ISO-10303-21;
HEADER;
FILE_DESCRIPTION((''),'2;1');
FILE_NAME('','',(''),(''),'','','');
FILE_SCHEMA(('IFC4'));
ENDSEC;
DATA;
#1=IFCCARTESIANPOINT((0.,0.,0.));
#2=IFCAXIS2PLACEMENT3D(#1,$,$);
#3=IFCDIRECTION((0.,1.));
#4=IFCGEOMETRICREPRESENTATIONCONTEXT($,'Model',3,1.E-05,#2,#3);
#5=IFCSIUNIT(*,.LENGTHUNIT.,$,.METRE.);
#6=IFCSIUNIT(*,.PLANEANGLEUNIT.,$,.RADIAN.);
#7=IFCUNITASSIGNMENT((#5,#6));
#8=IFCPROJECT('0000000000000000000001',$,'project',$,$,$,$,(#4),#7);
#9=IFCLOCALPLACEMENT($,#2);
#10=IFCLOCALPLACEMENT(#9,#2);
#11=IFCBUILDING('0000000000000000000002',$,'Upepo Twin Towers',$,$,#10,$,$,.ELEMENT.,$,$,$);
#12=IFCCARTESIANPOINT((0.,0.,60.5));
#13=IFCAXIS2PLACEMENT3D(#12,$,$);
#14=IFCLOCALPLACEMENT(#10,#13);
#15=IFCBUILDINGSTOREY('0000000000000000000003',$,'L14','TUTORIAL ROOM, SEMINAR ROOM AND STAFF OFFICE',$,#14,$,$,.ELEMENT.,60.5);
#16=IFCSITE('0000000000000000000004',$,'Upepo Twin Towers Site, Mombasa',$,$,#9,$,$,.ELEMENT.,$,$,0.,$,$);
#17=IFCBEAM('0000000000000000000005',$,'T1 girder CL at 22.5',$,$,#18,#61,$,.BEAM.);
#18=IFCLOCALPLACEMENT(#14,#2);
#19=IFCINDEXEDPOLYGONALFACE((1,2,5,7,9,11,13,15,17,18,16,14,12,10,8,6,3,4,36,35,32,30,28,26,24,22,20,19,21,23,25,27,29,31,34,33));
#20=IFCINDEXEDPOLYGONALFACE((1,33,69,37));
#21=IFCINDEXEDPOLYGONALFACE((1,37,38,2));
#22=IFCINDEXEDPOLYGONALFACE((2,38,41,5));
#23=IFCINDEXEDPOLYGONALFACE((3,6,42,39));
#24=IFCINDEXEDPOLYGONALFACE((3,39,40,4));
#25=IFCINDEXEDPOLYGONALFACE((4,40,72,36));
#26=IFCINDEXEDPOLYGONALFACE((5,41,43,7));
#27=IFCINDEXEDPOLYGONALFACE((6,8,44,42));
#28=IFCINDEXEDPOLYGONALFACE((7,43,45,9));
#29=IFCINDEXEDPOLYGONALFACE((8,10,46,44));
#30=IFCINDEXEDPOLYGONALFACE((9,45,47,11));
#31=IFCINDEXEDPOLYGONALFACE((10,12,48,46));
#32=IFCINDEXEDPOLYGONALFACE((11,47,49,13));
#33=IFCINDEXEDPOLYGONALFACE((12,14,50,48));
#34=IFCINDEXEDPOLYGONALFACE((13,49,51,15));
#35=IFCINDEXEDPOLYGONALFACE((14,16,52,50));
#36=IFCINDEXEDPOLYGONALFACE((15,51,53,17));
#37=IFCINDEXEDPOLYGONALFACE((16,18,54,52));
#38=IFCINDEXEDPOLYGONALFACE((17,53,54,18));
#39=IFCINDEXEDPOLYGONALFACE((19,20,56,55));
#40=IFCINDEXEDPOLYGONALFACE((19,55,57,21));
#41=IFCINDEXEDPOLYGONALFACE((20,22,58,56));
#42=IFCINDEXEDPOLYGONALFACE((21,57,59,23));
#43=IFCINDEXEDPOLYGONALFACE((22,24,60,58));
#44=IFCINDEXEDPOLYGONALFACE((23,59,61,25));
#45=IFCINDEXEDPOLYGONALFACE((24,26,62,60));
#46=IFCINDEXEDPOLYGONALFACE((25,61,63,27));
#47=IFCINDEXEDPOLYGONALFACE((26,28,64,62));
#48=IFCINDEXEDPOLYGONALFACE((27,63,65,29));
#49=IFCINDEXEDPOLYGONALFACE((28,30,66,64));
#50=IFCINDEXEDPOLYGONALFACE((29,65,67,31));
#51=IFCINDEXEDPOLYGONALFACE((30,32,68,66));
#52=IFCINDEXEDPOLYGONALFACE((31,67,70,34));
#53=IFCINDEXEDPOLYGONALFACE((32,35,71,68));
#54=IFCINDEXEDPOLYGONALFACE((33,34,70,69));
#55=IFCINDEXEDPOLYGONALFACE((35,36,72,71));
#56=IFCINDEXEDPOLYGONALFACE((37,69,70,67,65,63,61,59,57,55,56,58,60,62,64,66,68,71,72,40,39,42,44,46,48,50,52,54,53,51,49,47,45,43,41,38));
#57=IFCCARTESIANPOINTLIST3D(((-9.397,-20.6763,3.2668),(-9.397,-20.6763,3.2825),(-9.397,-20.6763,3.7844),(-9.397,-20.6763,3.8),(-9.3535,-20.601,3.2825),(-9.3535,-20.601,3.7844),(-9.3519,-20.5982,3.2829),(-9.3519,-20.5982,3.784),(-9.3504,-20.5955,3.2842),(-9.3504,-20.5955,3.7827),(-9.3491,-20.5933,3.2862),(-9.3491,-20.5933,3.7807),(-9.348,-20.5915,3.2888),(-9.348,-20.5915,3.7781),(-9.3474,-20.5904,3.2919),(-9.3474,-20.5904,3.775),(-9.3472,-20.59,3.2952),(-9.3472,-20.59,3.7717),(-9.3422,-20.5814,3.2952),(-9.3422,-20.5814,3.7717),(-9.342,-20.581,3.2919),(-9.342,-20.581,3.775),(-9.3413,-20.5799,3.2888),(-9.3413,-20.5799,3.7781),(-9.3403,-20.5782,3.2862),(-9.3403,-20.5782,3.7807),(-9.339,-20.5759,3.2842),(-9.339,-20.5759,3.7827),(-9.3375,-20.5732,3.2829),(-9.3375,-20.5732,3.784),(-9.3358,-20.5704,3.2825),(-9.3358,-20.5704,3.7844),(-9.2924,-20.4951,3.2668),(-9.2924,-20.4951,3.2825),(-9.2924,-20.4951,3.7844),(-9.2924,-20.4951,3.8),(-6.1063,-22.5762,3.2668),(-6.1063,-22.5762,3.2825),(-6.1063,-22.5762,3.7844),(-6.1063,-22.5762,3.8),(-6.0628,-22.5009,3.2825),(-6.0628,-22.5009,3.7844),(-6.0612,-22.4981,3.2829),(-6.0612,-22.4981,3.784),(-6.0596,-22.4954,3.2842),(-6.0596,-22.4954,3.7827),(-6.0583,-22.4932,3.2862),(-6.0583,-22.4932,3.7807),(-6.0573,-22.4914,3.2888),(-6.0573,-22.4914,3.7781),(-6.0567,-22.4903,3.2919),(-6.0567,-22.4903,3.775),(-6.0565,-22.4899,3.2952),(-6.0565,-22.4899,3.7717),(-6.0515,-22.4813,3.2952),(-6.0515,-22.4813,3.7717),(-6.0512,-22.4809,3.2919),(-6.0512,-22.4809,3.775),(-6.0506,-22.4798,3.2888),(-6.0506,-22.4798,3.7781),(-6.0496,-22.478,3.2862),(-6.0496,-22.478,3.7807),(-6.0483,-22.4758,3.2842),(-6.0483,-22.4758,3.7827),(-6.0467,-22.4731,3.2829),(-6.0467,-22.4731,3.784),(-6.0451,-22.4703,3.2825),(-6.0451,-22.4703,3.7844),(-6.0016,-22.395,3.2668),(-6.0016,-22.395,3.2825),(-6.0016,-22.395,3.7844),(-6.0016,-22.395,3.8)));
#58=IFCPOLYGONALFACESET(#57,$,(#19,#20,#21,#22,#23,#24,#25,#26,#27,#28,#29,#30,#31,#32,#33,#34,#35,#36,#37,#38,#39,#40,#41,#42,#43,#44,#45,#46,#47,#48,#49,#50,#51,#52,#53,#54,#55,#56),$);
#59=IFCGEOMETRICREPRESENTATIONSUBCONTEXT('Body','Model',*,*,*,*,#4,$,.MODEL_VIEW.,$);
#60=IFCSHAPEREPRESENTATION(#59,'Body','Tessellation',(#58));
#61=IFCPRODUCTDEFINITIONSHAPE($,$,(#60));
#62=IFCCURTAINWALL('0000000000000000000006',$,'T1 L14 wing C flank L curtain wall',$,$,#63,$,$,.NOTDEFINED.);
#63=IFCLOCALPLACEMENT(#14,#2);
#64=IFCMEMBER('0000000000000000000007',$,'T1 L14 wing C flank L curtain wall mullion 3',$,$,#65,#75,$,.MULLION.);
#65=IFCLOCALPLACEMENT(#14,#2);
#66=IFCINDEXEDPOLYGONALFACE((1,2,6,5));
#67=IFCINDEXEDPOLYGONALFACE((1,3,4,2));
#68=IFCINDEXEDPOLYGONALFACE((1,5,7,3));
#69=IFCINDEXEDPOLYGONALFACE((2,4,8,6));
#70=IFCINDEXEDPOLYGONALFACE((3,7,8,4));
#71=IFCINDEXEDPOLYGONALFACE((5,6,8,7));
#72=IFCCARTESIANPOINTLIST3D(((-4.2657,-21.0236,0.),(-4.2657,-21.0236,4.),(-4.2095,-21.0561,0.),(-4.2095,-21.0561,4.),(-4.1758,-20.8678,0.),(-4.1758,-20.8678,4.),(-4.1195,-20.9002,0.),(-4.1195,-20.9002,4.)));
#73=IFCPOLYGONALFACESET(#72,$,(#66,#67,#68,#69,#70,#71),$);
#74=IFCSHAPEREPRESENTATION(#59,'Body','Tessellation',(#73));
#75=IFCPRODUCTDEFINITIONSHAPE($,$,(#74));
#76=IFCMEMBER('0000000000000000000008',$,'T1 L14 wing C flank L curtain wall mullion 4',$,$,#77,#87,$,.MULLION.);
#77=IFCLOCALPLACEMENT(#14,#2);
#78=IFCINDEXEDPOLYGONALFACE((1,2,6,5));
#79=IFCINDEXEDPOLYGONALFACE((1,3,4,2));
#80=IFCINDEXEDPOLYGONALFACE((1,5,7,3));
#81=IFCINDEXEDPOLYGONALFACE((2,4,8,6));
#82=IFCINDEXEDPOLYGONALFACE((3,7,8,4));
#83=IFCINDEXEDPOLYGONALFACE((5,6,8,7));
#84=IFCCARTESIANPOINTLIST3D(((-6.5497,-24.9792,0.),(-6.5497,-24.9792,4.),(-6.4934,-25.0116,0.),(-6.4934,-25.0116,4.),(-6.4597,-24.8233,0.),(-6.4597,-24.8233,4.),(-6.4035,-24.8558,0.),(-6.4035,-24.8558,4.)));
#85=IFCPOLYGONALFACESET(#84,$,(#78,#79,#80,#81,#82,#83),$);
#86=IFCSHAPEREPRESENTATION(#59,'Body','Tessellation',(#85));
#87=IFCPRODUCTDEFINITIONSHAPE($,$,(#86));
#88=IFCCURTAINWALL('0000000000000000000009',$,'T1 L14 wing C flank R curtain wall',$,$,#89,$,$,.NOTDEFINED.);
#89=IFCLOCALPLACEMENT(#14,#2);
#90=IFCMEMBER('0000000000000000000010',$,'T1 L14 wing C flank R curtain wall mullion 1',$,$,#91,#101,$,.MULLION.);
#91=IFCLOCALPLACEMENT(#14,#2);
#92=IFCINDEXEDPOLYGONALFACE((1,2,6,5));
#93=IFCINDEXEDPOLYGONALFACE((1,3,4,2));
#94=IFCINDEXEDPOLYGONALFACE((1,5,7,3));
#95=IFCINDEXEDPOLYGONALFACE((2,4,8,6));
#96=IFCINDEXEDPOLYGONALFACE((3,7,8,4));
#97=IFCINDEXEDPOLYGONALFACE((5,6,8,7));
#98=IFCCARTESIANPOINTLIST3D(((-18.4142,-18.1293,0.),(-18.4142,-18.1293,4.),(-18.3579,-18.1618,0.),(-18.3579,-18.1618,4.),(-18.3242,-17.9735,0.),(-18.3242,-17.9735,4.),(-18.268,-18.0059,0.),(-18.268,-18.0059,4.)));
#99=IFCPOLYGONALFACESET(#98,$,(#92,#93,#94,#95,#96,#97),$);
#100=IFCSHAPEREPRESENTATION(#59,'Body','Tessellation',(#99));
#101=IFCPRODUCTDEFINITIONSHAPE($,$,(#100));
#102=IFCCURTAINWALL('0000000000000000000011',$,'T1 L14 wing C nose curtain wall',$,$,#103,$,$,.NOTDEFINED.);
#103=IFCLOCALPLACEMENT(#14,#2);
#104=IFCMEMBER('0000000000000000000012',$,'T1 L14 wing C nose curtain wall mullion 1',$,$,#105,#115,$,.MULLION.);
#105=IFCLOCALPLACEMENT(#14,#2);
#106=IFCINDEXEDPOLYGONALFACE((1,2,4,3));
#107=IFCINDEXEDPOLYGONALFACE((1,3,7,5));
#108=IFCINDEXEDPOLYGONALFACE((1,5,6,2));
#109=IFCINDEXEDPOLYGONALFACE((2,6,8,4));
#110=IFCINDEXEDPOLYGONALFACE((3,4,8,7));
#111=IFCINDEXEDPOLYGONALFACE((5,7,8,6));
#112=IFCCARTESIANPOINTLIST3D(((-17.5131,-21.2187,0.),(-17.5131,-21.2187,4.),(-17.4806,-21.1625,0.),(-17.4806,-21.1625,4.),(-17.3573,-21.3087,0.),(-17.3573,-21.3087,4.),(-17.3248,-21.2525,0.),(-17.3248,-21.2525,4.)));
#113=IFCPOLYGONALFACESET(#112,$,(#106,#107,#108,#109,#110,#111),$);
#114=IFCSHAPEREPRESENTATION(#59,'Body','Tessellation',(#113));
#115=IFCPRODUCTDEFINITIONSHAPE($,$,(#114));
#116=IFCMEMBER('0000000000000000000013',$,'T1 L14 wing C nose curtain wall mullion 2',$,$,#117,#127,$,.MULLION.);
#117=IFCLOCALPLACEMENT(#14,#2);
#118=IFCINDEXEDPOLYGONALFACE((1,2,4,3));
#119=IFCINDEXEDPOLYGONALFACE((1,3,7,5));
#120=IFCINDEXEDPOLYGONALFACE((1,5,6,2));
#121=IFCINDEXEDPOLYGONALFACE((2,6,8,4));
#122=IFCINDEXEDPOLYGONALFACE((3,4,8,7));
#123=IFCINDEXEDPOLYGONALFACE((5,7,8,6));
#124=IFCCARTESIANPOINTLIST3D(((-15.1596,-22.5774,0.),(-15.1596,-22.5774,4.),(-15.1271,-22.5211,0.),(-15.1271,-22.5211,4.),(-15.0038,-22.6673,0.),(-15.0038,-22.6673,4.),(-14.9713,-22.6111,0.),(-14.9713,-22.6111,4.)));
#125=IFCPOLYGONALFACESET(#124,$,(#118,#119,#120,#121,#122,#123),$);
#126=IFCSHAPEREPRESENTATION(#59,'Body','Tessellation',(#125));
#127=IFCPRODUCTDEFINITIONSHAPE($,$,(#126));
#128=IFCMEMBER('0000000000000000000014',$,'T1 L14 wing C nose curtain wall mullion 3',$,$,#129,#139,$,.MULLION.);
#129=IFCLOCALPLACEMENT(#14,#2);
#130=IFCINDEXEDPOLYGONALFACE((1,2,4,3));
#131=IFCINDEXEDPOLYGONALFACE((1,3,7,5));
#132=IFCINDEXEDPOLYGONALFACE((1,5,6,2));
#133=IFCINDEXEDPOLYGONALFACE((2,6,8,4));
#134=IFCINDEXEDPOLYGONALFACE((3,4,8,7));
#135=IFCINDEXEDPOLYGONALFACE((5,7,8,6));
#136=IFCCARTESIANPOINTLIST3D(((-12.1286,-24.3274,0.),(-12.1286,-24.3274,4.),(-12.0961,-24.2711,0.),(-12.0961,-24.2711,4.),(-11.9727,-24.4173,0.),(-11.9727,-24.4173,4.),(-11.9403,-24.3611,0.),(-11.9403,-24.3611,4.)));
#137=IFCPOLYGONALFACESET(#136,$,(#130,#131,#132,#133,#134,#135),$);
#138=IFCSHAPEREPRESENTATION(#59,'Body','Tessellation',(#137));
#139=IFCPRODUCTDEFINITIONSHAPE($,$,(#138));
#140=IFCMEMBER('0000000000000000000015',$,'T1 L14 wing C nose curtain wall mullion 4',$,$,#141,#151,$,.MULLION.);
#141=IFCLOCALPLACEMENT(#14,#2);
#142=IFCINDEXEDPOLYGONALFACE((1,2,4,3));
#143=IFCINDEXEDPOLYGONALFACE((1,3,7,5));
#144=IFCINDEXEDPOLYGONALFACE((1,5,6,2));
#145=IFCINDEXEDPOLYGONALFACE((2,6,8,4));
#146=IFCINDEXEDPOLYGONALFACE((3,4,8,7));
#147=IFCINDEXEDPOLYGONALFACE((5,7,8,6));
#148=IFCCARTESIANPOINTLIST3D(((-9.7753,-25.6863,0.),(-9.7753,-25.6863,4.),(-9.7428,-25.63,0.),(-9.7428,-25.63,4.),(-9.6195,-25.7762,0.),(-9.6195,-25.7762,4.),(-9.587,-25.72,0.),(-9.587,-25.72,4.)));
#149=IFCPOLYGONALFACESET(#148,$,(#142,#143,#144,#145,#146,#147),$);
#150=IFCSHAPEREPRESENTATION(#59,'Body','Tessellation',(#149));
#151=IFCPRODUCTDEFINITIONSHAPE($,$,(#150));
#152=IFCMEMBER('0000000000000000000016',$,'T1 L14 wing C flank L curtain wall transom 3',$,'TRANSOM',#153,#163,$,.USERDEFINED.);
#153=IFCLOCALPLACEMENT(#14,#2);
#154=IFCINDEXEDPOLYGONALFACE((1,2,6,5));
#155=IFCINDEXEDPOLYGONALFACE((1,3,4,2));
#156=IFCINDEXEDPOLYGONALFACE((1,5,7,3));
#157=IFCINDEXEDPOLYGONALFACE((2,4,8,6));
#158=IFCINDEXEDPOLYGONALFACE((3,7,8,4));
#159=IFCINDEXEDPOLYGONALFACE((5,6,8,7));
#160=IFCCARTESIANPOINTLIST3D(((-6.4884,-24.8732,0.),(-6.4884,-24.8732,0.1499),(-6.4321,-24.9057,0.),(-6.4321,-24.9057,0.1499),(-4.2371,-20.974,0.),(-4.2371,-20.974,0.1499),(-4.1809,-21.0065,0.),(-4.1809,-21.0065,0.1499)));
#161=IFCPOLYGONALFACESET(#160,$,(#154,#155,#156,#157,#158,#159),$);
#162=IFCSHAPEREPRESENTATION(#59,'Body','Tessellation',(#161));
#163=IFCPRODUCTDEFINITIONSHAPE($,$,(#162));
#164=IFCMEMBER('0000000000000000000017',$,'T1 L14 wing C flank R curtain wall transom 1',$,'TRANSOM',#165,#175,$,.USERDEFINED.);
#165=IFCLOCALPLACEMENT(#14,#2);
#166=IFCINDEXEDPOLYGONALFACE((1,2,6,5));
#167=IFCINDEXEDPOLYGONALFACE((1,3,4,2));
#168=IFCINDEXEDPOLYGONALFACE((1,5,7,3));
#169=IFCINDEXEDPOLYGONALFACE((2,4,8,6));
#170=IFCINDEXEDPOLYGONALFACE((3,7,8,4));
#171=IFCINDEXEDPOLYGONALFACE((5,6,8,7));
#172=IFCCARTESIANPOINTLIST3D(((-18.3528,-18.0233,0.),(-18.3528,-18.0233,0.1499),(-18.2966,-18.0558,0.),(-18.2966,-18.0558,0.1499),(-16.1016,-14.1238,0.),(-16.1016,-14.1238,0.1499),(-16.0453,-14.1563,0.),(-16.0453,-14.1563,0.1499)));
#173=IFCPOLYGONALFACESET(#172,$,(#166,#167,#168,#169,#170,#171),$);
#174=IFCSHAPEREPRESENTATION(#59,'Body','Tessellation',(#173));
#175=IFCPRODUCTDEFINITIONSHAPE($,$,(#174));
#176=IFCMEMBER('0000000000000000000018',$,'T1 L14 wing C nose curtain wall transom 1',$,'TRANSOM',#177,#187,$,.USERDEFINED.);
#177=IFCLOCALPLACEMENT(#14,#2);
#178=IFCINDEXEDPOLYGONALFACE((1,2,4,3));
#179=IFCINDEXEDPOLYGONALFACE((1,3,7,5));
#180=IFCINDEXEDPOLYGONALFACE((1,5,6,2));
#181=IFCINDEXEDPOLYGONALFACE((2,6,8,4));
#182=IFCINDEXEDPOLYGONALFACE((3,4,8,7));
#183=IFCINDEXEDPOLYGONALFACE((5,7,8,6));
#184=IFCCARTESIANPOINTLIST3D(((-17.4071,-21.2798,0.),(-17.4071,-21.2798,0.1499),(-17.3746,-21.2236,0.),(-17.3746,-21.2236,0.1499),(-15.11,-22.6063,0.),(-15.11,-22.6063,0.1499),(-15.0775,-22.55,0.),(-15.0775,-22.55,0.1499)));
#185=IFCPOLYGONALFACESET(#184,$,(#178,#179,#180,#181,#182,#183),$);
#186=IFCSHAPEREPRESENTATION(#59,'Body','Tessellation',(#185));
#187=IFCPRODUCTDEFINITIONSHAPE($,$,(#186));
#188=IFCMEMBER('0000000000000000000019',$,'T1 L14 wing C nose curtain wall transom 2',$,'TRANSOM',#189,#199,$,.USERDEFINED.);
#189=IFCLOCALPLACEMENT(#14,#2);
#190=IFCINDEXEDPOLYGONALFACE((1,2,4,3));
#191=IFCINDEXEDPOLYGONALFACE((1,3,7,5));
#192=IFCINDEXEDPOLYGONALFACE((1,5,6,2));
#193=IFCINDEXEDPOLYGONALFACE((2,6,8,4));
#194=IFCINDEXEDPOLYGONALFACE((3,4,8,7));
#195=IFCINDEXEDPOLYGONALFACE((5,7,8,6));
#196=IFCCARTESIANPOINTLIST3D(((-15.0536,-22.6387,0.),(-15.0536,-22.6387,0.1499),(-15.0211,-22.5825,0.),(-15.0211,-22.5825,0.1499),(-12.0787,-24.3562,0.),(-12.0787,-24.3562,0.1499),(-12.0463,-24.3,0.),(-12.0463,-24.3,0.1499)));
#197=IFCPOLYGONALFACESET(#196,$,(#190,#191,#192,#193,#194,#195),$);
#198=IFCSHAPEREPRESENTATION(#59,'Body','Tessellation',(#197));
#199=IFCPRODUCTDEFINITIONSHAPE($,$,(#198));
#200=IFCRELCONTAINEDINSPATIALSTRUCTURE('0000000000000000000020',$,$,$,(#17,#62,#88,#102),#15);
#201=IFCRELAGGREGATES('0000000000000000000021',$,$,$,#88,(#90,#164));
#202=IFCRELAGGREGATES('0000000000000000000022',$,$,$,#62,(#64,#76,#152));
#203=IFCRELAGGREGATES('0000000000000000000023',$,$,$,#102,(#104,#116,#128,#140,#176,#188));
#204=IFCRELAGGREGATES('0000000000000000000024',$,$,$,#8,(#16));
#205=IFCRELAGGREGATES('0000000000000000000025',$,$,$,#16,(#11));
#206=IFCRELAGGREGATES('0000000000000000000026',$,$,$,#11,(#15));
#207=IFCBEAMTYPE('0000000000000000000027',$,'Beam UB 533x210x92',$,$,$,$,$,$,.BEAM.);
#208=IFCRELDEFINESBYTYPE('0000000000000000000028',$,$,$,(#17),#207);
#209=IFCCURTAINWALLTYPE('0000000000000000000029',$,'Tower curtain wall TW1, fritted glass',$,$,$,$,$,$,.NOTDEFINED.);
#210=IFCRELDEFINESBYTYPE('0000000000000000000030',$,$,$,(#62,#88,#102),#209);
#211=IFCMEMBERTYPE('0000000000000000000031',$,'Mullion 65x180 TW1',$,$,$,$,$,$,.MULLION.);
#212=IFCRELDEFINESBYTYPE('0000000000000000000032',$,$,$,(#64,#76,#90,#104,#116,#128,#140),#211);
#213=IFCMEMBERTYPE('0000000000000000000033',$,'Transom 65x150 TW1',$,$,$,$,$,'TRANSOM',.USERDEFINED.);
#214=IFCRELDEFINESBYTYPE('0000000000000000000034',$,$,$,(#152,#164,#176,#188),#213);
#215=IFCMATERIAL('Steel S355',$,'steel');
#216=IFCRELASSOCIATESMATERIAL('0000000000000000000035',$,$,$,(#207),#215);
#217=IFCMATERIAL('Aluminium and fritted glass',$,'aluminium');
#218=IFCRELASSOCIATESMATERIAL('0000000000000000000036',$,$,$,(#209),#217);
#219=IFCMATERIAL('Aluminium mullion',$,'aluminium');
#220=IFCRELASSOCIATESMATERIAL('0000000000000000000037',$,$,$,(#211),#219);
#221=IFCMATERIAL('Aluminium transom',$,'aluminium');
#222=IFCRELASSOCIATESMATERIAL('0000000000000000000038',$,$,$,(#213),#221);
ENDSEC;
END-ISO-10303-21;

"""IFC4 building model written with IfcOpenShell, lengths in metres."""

from ifc_helpers import new_model, si_unit, direction, frame, origin, origin_2d, place, context, subcontext, project, spatial, rectangle, i_section, extrude, material, material_profile, profile_set, type_object, element, aggregate, save


model = new_model("IFC4")

# Units and contexts
model_context = context("Model", 3, precision=1e-05, world=origin(), true_north=direction((0.0, 1.0)))
body_context = subcontext(model_context, "Body", "Model", "MODEL_VIEW")
ifc_project = project(units=[si_unit("LENGTHUNIT", "METRE"), si_unit("PLANEANGLEUNIT", "RADIAN")], contexts=[model_context])

# Site, building, storey
site_placement = place(None, origin())
site = spatial("IfcSite", under=ifc_project, at=site_placement, Name="Upepo Twin Towers Site, Mombasa", CompositionType="ELEMENT", RefElevation=0.0)
building_placement = place(site_placement, origin())
building = spatial("IfcBuilding", under=site, at=building_placement, Name="Upepo Twin Towers", CompositionType="ELEMENT")
storey_placement = place(building_placement, frame((0.0, 0.0, 60.5)))
storey = spatial("IfcBuildingStorey", under=building, at=storey_placement, Name="L14", Description="TUTORIAL ROOM, SEMINAR ROOM AND STAFF OFFICE", CompositionType="ELEMENT", Elevation=60.5)

# Beam
ifc_material_1 = material(Name="Steel S355", Category="steel")
ifc_material_profile_1 = material_profile(ifc_material_1, i_section(OverallWidth=0.2092, OverallDepth=0.5332, WebThickness=0.01, FlangeThickness=0.0156, FilletRadius=0.0127, at=origin_2d()), Name="UB 533x210x92")
ifc_profile_set_1 = profile_set([ifc_material_profile_1], Name="Steel S355")
beam_type_1 = type_object("IfcBeamType", Name="Beam UB 533x210x92", PredefinedType="BEAM", material=ifc_profile_set_1)
beam_1_placement = place(storey_placement, frame((-6.054, -22.4856, 3.5334), z_axis=(-0.866028, 0.499995, 0.0), x_axis=(-0.499995, -0.866028, 0.0)))
element("IfcBeam", 1, at=beam_1_placement, inside=storey, type_object=beam_type_1, Name="T1 girder CL at 22.5", PredefinedType="BEAM", context=body_context, shape_type="SweptSolid", body=[
    extrude(i_section(OverallWidth=0.2092, OverallDepth=0.5332, WebThickness=0.01, FlangeThickness=0.0156, FilletRadius=0.0127, at=origin_2d()), origin(), (0.0, 0.0, 1.0), 3.7998),
])

# Curtain wall, members
ifc_material_2 = material(Name="Aluminium and fritted glass", Category="aluminium")
curtain_wall_type = type_object("IfcCurtainWallType", Name="Tower curtain wall TW1, fritted glass", PredefinedType="NOTDEFINED", material=ifc_material_2)
curtain_wall_1_placement = place(storey_placement, origin())
curtain_wall_1 = element("IfcCurtainWall", 2, at=curtain_wall_1_placement, inside=storey, type_object=curtain_wall_type, Name="T1 L14 wing C flank L curtain wall", PredefinedType="NOTDEFINED")
ifc_material_3 = material(Name="Aluminium mullion", Category="aluminium")
ifc_material_profile_2 = material_profile(ifc_material_3, rectangle(XDim=0.0649, YDim=0.1799, at=origin_2d()), Name="MULLION 65x180")
ifc_profile_set_2 = profile_set([ifc_material_profile_2], Name="Aluminium mullion")
member_type_1 = type_object("IfcMemberType", Name="Mullion 65x180 TW1", PredefinedType="MULLION", material=ifc_profile_set_2)
member_1_placement = place(storey_placement, frame((-4.1926, -20.9619, 0.0), z_axis=(0.0, 0.0, 1.0), x_axis=(0.866025, -0.5, 0.0)))
member_1 = element("IfcMember", 3, at=member_1_placement, type_object=member_type_1, Name="T1 L14 wing C flank L curtain wall mullion 3", PredefinedType="MULLION", context=body_context, shape_type="SweptSolid", body=[
    extrude(rectangle(XDim=0.0649, YDim=0.1799, at=origin_2d()), origin(), (0.0, 0.0, 1.0), 4.0),
])
member_2_placement = place(storey_placement, frame((-6.4766, -24.9175, 0.0), z_axis=(0.0, 0.0, 1.0), x_axis=(0.866025, -0.5, 0.0)))
member_2 = element("IfcMember", 4, at=member_2_placement, type_object=member_type_1, Name="T1 L14 wing C flank L curtain wall mullion 4", PredefinedType="MULLION", context=body_context, shape_type="SweptSolid", body=[
    extrude(rectangle(XDim=0.0649, YDim=0.1799, at=origin_2d()), origin(), (0.0, 0.0, 1.0), 4.0),
])

# Curtain wall, member
curtain_wall_2_placement = place(storey_placement, origin())
curtain_wall_2 = element("IfcCurtainWall", 5, at=curtain_wall_2_placement, inside=storey, type_object=curtain_wall_type, Name="T1 L14 wing C flank R curtain wall", PredefinedType="NOTDEFINED")
member_3_placement = place(storey_placement, frame((-18.3411, -18.0676, 0.0), z_axis=(0.0, 0.0, 1.0), x_axis=(-0.866025, 0.5, 0.0)))
member_3 = element("IfcMember", 6, at=member_3_placement, type_object=member_type_1, Name="T1 L14 wing C flank R curtain wall mullion 1", PredefinedType="MULLION", context=body_context, shape_type="SweptSolid", body=[
    extrude(rectangle(XDim=0.0649, YDim=0.1799, at=origin_2d()), origin(), (0.0, 0.0, 1.0), 4.0),
])

# Curtain wall, members
curtain_wall_3_placement = place(storey_placement, origin())
curtain_wall_3 = element("IfcCurtainWall", 7, at=curtain_wall_3_placement, inside=storey, type_object=curtain_wall_type, Name="T1 L14 wing C nose curtain wall", PredefinedType="NOTDEFINED")
member_4_placement = place(storey_placement, frame((-17.4189, -21.2356, 0.0), z_axis=(0.0, 0.0, 1.0), x_axis=(0.5, 0.866025, 0.0)))
member_4 = element("IfcMember", 8, at=member_4_placement, type_object=member_type_1, Name="T1 L14 wing C nose curtain wall mullion 1", PredefinedType="MULLION", context=body_context, shape_type="SweptSolid", body=[
    extrude(rectangle(XDim=0.0649, YDim=0.1799, at=origin_2d()), origin(), (0.0, 0.0, 1.0), 4.0),
])
member_5_placement = place(storey_placement, frame((-15.0654, -22.5942, 0.0), z_axis=(0.0, 0.0, 1.0), x_axis=(0.5, 0.866025, 0.0)))
member_5 = element("IfcMember", 9, at=member_5_placement, type_object=member_type_1, Name="T1 L14 wing C nose curtain wall mullion 2", PredefinedType="MULLION", context=body_context, shape_type="SweptSolid", body=[
    extrude(rectangle(XDim=0.0649, YDim=0.1799, at=origin_2d()), origin(), (0.0, 0.0, 1.0), 4.0),
])
member_6_placement = place(storey_placement, frame((-12.0344, -24.3442, 0.0), z_axis=(0.0, 0.0, 1.0), x_axis=(0.5, 0.866025, 0.0)))
member_6 = element("IfcMember", 10, at=member_6_placement, type_object=member_type_1, Name="T1 L14 wing C nose curtain wall mullion 3", PredefinedType="MULLION", context=body_context, shape_type="SweptSolid", body=[
    extrude(rectangle(XDim=0.0649, YDim=0.1799, at=origin_2d()), origin(), (0.0, 0.0, 1.0), 4.0),
])
member_7_placement = place(storey_placement, frame((-9.6812, -25.7031, 0.0), z_axis=(0.0, 0.0, 1.0), x_axis=(0.5, 0.866025, 0.0)))
member_7 = element("IfcMember", 11, at=member_7_placement, type_object=member_type_1, Name="T1 L14 wing C nose curtain wall mullion 4", PredefinedType="MULLION", context=body_context, shape_type="SweptSolid", body=[
    extrude(rectangle(XDim=0.0649, YDim=0.1799, at=origin_2d()), origin(), (0.0, 0.0, 1.0), 4.0),
])

# Members
ifc_material_4 = material(Name="Aluminium transom", Category="aluminium")
ifc_material_profile_3 = material_profile(ifc_material_4, rectangle(XDim=0.0649, YDim=0.1499, at=origin_2d()), Name="TRANSOM 65x150")
ifc_profile_set_3 = profile_set([ifc_material_profile_3], Name="Aluminium transom")
member_type_2 = type_object("IfcMemberType", Name="Transom 65x150 TW1", ElementType="TRANSOM", PredefinedType="USERDEFINED", material=ifc_profile_set_3)
member_8_placement = place(storey_placement, frame((-4.209, -20.9902, 0.075), z_axis=(-0.500006, -0.866022, 0.0), x_axis=(0.866022, -0.500006, 0.0)))
member_8 = element("IfcMember", 12, at=member_8_placement, type_object=member_type_2, Name="T1 L14 wing C flank L curtain wall transom 3", ObjectType="TRANSOM", PredefinedType="USERDEFINED", context=body_context, shape_type="SweptSolid", body=[
    extrude(rectangle(XDim=0.0649, YDim=0.1499, at=origin_2d()), origin(), (0.0, 0.0, 1.0), 4.5024),
])
member_9_placement = place(storey_placement, frame((-18.3247, -18.0396, 0.075), z_axis=(0.499982, 0.866036, 0.0), x_axis=(-0.866036, 0.499982, 0.0)))
member_9 = element("IfcMember", 13, at=member_9_placement, type_object=member_type_2, Name="T1 L14 wing C flank R curtain wall transom 1", ObjectType="TRANSOM", PredefinedType="USERDEFINED", context=body_context, shape_type="SweptSolid", body=[
    extrude(rectangle(XDim=0.0649, YDim=0.1499, at=origin_2d()), origin(), (0.0, 0.0, 1.0), 4.5027),
])
aggregate(curtain_wall_2, [member_3, member_9])
member_10_placement = place(storey_placement, frame((-17.3909, -21.2517, 0.075), z_axis=(0.865997, -0.500049, 0.0), x_axis=(0.500049, 0.865997, 0.0)))
member_10 = element("IfcMember", 14, at=member_10_placement, type_object=member_type_2, Name="T1 L14 wing C nose curtain wall transom 1", ObjectType="TRANSOM", PredefinedType="USERDEFINED", context=body_context, shape_type="SweptSolid", body=[
    extrude(rectangle(XDim=0.0649, YDim=0.1499, at=origin_2d()), origin(), (0.0, 0.0, 1.0), 2.6526),
])
member_11_placement = place(storey_placement, frame((-15.0374, -22.6106, 0.075), z_axis=(0.866026, -0.499999, 0.0), x_axis=(0.499999, 0.866026, 0.0)))
member_11 = element("IfcMember", 15, at=member_11_placement, type_object=member_type_2, Name="T1 L14 wing C nose curtain wall transom 2", ObjectType="TRANSOM", PredefinedType="USERDEFINED", context=body_context, shape_type="SweptSolid", body=[
    extrude(rectangle(XDim=0.0649, YDim=0.1499, at=origin_2d()), origin(), (0.0, 0.0, 1.0), 3.4351),
])

aggregate(curtain_wall_1, [member_1, member_2, member_8])
aggregate(curtain_wall_3, [member_4, member_5, member_6, member_7, member_10, member_11])

save(model, "model.ifc")
